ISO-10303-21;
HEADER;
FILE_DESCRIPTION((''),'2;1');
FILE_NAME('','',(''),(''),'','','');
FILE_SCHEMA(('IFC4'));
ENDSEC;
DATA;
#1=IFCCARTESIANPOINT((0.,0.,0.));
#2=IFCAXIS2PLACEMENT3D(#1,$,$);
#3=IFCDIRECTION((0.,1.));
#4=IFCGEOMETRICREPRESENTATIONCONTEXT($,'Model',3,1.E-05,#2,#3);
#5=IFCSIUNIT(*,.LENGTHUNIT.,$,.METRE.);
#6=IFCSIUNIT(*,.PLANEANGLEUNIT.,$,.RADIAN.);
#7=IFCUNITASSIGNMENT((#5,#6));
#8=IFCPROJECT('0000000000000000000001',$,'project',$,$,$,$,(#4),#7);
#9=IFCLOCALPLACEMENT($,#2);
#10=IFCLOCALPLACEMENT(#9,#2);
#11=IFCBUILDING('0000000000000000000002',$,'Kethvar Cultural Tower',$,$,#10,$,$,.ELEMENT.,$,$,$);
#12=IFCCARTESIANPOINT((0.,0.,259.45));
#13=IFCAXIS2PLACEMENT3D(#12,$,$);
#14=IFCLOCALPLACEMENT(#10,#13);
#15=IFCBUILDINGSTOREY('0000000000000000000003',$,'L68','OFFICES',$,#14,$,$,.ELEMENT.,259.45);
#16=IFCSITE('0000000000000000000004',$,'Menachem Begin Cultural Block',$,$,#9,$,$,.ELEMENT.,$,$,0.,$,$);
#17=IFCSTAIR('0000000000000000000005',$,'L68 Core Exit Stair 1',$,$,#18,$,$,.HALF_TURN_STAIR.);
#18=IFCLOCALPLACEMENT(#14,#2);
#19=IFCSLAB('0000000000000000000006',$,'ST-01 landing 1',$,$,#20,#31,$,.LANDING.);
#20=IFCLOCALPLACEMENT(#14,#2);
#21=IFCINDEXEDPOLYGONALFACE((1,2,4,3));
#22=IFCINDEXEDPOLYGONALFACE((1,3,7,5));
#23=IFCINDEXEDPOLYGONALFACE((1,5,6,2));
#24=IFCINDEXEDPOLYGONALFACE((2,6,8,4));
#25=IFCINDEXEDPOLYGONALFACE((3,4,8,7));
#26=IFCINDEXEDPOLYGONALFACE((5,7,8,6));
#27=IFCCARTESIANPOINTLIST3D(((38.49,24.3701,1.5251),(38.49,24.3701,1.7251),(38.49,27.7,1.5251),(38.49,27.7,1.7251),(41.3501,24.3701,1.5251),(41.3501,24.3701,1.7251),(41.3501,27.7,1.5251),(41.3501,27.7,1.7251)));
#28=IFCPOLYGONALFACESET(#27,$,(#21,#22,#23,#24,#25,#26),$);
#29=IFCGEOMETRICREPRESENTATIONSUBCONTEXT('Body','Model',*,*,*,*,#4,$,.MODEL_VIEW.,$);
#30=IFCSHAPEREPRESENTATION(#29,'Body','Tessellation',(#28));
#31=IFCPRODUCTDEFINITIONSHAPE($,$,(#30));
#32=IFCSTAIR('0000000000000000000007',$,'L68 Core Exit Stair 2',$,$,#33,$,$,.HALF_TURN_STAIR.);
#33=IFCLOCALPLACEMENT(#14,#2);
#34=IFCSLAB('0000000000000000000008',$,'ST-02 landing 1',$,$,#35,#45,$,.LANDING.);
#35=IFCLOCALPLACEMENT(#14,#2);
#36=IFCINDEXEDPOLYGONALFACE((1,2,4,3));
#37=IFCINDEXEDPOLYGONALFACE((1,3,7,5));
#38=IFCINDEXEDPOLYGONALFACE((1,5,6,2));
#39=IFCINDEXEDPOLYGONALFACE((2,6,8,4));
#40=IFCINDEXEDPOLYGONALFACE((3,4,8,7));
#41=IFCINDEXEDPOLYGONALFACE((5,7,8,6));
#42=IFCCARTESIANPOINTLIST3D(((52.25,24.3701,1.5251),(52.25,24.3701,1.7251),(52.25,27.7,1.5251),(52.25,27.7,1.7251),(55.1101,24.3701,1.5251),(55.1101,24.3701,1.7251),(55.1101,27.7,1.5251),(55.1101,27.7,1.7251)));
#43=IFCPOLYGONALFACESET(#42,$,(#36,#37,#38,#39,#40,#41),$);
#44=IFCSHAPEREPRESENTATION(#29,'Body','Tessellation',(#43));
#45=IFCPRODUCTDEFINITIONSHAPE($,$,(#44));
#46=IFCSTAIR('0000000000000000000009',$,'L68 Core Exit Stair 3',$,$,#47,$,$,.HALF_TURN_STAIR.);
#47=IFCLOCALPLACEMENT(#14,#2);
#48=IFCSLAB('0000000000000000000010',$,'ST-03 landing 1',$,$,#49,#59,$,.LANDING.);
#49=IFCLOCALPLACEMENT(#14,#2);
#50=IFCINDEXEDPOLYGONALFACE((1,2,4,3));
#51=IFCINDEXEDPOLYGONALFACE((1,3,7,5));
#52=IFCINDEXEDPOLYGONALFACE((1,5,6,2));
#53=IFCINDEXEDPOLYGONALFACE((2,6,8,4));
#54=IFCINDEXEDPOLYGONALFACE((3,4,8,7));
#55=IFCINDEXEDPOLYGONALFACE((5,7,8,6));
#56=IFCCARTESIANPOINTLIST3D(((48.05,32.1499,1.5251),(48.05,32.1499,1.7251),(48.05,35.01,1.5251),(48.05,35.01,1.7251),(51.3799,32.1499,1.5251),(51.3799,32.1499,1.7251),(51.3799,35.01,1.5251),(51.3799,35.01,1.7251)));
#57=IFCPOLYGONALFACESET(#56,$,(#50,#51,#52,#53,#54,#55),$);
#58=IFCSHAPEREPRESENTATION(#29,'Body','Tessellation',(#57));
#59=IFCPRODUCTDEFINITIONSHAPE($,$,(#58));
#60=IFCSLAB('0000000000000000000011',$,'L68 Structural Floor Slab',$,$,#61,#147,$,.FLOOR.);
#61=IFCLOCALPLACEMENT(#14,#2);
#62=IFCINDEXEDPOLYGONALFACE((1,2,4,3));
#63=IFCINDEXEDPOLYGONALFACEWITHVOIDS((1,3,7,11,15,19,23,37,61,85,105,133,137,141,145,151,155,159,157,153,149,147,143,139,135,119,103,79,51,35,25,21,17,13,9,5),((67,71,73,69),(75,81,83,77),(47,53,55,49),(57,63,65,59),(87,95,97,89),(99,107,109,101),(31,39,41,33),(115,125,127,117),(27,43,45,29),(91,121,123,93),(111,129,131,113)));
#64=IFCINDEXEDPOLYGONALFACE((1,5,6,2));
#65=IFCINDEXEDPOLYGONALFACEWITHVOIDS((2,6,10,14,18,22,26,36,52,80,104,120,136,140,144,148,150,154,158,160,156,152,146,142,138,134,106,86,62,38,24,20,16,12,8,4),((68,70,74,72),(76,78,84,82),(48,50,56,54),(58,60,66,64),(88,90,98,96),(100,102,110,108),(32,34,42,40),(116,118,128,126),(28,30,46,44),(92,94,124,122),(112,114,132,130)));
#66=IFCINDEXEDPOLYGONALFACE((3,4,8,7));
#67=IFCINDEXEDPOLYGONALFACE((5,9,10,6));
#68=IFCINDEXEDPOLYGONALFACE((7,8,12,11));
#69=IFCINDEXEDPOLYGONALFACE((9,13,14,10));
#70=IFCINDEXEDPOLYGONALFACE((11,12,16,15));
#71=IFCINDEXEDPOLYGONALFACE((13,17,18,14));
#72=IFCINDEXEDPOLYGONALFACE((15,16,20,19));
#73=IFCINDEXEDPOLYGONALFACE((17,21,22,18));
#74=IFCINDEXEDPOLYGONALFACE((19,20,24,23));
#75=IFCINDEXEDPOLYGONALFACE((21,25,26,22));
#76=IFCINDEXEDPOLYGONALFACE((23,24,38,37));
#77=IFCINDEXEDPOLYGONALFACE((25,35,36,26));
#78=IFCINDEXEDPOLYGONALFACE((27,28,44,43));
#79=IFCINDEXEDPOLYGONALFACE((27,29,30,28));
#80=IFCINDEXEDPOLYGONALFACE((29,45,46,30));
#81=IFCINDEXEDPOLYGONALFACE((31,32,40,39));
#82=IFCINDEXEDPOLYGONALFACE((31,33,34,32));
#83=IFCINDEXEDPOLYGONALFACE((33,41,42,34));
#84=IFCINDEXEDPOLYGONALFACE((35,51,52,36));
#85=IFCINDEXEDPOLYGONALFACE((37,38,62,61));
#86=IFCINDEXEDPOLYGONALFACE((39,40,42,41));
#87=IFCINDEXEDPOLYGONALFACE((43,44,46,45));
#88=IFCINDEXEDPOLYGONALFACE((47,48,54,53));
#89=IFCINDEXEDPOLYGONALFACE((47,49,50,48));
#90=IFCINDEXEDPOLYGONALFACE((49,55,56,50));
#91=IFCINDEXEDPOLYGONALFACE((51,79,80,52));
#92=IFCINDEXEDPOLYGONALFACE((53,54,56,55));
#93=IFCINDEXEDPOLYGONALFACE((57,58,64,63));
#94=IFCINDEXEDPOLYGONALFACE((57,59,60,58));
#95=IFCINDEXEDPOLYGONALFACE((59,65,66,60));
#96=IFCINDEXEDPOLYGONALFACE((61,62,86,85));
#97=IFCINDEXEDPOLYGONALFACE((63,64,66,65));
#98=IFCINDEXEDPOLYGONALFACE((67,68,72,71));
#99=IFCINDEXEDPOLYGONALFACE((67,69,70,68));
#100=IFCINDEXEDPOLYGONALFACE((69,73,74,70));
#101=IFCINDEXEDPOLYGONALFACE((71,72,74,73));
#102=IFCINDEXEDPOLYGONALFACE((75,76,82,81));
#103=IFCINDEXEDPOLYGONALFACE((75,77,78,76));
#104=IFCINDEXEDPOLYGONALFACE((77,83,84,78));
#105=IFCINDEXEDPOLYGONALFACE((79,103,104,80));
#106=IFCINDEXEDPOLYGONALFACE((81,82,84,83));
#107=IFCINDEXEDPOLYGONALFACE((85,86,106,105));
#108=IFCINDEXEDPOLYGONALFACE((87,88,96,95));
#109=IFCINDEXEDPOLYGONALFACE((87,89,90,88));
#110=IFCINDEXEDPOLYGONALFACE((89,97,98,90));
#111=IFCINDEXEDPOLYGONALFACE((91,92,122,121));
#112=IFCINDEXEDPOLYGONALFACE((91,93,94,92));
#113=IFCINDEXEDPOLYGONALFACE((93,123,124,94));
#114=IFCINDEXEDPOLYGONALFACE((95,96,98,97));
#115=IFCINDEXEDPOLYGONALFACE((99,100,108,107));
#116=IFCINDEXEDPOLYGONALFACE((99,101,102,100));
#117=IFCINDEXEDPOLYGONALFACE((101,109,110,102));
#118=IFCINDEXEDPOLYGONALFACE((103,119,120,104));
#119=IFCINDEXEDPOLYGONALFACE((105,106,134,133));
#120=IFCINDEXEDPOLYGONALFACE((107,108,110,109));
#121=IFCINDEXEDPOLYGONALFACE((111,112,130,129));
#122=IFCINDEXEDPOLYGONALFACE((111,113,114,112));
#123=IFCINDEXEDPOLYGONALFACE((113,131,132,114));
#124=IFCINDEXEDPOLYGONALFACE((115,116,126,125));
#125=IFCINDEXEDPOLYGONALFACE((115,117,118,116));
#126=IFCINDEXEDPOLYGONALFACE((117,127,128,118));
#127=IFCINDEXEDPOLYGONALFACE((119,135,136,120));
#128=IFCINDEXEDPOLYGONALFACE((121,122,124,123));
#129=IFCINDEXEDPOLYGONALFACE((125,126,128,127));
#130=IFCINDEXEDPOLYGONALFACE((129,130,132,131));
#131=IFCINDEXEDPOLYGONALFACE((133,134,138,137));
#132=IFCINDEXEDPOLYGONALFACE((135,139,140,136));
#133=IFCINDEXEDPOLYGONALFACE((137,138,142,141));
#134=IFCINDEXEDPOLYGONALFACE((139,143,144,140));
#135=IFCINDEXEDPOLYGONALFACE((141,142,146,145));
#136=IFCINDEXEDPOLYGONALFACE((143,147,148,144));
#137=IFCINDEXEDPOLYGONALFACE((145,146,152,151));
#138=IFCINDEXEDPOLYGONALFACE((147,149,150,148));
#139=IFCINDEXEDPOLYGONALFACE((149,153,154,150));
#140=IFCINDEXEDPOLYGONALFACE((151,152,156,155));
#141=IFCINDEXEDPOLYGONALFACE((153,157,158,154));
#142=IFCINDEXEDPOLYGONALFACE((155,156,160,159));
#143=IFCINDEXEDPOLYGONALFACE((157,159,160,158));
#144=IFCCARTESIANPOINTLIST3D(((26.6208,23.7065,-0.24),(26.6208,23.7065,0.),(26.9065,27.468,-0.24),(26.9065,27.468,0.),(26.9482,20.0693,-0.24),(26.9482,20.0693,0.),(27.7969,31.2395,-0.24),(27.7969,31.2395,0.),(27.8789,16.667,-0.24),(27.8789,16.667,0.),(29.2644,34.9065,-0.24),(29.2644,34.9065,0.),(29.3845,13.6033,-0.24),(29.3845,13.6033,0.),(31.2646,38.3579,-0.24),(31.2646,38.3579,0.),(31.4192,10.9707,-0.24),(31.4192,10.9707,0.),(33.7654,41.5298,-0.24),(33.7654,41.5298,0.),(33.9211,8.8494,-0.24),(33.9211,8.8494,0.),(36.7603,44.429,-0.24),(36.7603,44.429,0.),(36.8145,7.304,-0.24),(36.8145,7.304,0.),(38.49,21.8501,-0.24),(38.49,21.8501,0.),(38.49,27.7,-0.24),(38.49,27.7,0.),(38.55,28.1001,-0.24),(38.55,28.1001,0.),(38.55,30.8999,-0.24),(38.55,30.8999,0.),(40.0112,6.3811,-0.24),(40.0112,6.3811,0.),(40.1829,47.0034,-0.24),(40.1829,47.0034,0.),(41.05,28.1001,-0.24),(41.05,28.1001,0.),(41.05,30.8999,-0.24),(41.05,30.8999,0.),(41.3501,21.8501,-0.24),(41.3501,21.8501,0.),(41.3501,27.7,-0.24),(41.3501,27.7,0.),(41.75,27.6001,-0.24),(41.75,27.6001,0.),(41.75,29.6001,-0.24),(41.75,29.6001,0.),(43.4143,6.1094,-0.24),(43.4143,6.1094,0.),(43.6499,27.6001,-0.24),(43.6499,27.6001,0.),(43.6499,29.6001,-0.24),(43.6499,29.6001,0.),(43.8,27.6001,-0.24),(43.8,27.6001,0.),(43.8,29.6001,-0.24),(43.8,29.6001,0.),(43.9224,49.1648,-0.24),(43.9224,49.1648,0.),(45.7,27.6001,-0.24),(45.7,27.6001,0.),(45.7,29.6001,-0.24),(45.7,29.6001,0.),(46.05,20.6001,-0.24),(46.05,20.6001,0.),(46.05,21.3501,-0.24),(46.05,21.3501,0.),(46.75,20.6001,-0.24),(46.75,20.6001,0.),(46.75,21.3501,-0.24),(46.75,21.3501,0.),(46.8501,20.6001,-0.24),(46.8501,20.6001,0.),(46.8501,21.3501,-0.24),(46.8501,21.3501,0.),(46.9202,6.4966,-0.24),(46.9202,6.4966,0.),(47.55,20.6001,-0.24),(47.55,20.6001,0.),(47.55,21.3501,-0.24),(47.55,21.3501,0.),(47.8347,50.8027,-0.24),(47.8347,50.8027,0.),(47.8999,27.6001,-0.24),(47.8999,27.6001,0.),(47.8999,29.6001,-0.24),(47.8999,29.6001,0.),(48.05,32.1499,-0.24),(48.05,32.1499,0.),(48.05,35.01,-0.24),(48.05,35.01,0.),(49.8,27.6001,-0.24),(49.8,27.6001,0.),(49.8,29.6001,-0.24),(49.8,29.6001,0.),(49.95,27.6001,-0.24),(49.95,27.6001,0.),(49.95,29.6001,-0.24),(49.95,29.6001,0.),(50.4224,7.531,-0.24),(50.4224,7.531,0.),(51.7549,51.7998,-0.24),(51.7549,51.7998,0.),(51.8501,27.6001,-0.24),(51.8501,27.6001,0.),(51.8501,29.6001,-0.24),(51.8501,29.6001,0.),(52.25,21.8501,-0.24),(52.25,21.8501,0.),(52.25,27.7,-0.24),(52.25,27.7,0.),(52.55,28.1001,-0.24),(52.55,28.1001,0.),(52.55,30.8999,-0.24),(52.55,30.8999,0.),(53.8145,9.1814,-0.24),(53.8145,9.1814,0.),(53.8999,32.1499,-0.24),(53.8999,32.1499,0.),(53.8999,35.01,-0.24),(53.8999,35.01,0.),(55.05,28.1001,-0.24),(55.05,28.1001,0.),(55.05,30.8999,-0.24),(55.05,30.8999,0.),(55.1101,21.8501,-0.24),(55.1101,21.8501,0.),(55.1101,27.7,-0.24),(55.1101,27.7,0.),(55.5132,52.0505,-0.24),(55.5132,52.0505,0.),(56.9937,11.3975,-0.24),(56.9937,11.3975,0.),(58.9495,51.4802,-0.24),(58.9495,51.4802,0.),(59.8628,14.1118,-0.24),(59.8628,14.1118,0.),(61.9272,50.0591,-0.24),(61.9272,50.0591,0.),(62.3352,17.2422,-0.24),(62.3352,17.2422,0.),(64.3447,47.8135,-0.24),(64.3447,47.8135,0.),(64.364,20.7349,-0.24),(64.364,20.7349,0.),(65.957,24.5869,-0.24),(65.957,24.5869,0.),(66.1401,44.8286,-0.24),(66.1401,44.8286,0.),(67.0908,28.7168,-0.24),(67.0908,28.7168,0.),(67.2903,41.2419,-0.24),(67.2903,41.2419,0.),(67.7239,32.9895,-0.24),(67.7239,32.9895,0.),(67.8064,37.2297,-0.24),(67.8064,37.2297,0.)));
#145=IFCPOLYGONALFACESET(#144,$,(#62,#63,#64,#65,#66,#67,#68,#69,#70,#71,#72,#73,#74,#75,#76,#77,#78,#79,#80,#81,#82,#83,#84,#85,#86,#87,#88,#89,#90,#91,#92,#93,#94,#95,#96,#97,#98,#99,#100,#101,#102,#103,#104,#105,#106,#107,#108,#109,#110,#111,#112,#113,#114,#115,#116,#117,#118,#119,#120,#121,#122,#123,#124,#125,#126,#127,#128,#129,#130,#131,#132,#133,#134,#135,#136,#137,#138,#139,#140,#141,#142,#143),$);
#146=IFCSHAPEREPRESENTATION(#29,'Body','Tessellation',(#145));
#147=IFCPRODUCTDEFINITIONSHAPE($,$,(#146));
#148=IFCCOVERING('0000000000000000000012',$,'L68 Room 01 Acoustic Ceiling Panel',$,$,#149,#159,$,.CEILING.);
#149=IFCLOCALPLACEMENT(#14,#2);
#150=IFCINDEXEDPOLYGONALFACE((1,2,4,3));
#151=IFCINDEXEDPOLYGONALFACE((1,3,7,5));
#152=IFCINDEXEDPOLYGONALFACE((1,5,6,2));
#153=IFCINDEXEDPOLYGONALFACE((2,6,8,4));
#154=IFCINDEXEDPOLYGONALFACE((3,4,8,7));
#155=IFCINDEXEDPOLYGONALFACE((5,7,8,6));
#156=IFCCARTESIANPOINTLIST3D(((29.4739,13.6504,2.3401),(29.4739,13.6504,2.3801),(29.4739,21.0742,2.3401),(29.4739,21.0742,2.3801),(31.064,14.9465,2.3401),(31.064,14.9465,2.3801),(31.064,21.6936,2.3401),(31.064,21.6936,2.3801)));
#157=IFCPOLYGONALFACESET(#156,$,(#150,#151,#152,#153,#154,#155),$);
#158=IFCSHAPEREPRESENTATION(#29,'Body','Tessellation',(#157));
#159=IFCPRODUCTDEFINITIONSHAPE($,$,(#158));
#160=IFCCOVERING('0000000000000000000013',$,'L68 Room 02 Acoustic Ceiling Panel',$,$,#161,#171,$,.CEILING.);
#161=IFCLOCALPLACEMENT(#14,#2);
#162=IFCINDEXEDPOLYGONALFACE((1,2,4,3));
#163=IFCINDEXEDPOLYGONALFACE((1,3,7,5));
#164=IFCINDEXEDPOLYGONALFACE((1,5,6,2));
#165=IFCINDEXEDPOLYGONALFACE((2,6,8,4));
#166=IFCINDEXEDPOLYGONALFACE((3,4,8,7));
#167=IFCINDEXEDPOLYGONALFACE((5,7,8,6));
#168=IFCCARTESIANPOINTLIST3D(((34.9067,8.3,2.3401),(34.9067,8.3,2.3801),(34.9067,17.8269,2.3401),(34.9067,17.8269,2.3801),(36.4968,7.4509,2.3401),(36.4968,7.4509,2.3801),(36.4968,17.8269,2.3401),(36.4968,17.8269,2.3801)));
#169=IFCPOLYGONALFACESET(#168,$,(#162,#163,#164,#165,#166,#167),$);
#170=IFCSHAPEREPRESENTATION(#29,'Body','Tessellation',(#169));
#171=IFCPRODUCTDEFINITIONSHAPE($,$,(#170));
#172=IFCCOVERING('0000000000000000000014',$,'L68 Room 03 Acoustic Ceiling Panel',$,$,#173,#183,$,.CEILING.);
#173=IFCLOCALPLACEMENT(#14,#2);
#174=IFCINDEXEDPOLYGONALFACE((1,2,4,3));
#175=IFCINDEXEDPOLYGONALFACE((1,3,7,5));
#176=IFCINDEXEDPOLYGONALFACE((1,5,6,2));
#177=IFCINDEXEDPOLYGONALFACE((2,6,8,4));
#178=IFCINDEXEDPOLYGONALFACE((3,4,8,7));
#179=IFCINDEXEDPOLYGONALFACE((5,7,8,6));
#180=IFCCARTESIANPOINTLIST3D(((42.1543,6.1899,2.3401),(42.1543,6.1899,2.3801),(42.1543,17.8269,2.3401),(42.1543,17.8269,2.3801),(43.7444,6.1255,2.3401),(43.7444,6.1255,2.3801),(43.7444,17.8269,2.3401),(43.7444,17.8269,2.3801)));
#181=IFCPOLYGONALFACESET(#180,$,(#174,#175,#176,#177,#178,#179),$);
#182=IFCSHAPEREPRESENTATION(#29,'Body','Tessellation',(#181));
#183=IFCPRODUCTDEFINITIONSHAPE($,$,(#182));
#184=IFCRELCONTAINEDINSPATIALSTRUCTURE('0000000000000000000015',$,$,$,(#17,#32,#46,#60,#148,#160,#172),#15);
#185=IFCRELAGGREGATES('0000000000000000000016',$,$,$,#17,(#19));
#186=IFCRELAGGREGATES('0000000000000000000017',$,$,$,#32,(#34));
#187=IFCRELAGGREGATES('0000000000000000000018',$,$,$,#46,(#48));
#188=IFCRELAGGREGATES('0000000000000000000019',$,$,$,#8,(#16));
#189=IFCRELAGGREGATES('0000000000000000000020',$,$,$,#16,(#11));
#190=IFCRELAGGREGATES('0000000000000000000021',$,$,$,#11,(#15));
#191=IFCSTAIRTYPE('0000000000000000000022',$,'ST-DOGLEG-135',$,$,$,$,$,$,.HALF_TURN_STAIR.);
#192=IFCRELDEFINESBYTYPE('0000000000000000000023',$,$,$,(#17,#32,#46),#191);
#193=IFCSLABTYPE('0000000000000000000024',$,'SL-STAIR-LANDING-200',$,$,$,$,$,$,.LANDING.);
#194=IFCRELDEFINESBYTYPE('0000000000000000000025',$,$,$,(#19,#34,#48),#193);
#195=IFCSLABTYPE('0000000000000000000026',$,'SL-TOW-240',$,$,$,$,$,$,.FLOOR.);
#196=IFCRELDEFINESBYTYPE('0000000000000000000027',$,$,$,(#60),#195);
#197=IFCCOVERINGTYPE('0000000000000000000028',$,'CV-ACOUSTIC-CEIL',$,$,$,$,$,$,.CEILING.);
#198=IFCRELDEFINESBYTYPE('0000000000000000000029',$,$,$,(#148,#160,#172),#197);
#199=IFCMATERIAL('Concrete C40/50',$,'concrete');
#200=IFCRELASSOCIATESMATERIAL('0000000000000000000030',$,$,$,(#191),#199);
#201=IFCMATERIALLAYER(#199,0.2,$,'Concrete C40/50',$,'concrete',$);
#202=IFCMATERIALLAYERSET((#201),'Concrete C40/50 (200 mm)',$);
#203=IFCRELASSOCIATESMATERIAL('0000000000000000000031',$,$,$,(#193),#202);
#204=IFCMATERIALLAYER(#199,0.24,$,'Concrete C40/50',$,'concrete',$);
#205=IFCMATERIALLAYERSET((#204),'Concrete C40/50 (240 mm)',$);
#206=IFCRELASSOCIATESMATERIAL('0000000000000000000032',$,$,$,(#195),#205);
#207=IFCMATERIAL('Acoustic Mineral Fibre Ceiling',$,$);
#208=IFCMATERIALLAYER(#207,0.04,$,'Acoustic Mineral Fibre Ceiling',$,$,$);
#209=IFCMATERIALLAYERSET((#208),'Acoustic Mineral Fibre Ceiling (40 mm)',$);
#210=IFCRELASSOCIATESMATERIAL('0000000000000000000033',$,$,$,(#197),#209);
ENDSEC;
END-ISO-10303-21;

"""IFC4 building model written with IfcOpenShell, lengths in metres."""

from ifc_helpers import new_model, si_unit, direction, frame, origin, place, context, subcontext, project, spatial, polyline, outline, extrude, material, layer, layer_set, type_object, element, aggregate, save


model = new_model("IFC4")

# Units and contexts
model_context = context("Model", 3, precision=1e-05, world=origin(), true_north=direction((0.0, 1.0)))
body_context = subcontext(model_context, "Body", "Model", "MODEL_VIEW")
ifc_project = project(units=[si_unit("LENGTHUNIT", "METRE"), si_unit("PLANEANGLEUNIT", "RADIAN")], contexts=[model_context])

# Site, building, storey
site_placement = place(None, origin())
site = spatial("IfcSite", under=ifc_project, at=site_placement, Name="Menachem Begin Cultural Block", CompositionType="ELEMENT", RefElevation=0.0)
building_placement = place(site_placement, origin())
building = spatial("IfcBuilding", under=site, at=building_placement, Name="Kethvar Cultural Tower", CompositionType="ELEMENT")
storey_placement = place(building_placement, frame((0.0, 0.0, 259.45)))
storey = spatial("IfcBuildingStorey", under=building, at=storey_placement, Name="L68", Description="OFFICES", CompositionType="ELEMENT", Elevation=259.45)

# Stairs, slabs
ifc_material_1 = material(Name="Concrete C40/50", Category="concrete")
stair_type = type_object("IfcStairType", Name="ST-DOGLEG-135", PredefinedType="HALF_TURN_STAIR", material=ifc_material_1)
stair_1_placement = place(storey_placement, origin())
stair_1 = element("IfcStair", 1, at=stair_1_placement, inside=storey, type_object=stair_type, Name="L68 Core Exit Stair 1", PredefinedType="HALF_TURN_STAIR")
ifc_layer_1 = layer(ifc_material_1, 0.2, Name="Concrete C40/50", Category="concrete")
ifc_layer_set_1 = layer_set([ifc_layer_1], Name="Concrete C40/50 (200 mm)")
slab_type_1 = type_object("IfcSlabType", Name="SL-STAIR-LANDING-200", PredefinedType="LANDING", material=ifc_layer_set_1)
slab_1_placement = place(storey_placement, frame((0.0, 0.0, 1.5251)))
slab_1 = element("IfcSlab", 2, at=slab_1_placement, type_object=slab_type_1, Name="ST-01 landing 1", PredefinedType="LANDING", context=body_context, shape_type="SweptSolid", body=[
    extrude(outline(polyline([(41.3501, 24.3701), (41.3501, 27.7), (38.49, 27.7), (38.49, 24.3701), (41.3501, 24.3701)])), origin(), (0.0, 0.0, 1.0), 0.2),
])
aggregate(stair_1, [slab_1])
stair_2_placement = place(storey_placement, origin())
stair_2 = element("IfcStair", 3, at=stair_2_placement, inside=storey, type_object=stair_type, Name="L68 Core Exit Stair 2", PredefinedType="HALF_TURN_STAIR")
slab_2_placement = place(storey_placement, frame((0.0, 0.0, 1.5251)))
slab_2 = element("IfcSlab", 4, at=slab_2_placement, type_object=slab_type_1, Name="ST-02 landing 1", PredefinedType="LANDING", context=body_context, shape_type="SweptSolid", body=[
    extrude(outline(polyline([(55.1101, 24.3701), (55.1101, 27.7), (52.25, 27.7), (52.25, 24.3701), (55.1101, 24.3701)])), origin(), (0.0, 0.0, 1.0), 0.2),
])
aggregate(stair_2, [slab_2])
stair_3_placement = place(storey_placement, origin())
stair_3 = element("IfcStair", 5, at=stair_3_placement, inside=storey, type_object=stair_type, Name="L68 Core Exit Stair 3", PredefinedType="HALF_TURN_STAIR")
slab_3_placement = place(storey_placement, frame((0.0, 0.0, 1.5251)))
slab_3 = element("IfcSlab", 6, at=slab_3_placement, type_object=slab_type_1, Name="ST-03 landing 1", PredefinedType="LANDING", context=body_context, shape_type="SweptSolid", body=[
    extrude(outline(polyline([(51.3799, 35.01), (48.05, 35.01), (48.05, 32.1499), (51.3799, 32.1499), (51.3799, 35.01)])), origin(), (0.0, 0.0, 1.0), 0.2),
])
aggregate(stair_3, [slab_3])

# Slab
ifc_layer_2 = layer(ifc_material_1, 0.24, Name="Concrete C40/50", Category="concrete")
ifc_layer_set_2 = layer_set([ifc_layer_2], Name="Concrete C40/50 (240 mm)")
slab_type_2 = type_object("IfcSlabType", Name="SL-TOW-240", PredefinedType="FLOOR", material=ifc_layer_set_2)
slab_4_placement = place(storey_placement, frame((0.0, 0.0, -0.24)))
element("IfcSlab", 7, at=slab_4_placement, inside=storey, type_object=slab_type_2, Name="L68 Structural Floor Slab", PredefinedType="FLOOR", context=body_context, shape_type="SweptSolid", body=[
    extrude(outline(polyline([(61.9272, 50.0591), (58.9495, 51.4802), (55.5132, 52.0505), (51.7549, 51.7998), (47.8347, 50.8027), (43.9224, 49.1648), (40.1829, 47.0034), (36.7603, 44.429), (33.7654, 41.5298), (31.2646, 38.3579), (29.2644, 34.9065), (27.7969, 31.2395), (26.9065, 27.468), (26.6208, 23.7065), (26.9482, 20.0693), (27.8789, 16.667), (29.3845, 13.6033), (31.4192, 10.9707), (33.9211, 8.8494), (36.8145, 7.304), (40.0112, 6.3811), (43.4143, 6.1094), (46.9202, 6.4966), (50.4224, 7.531), (53.8145, 9.1814), (56.9937, 11.3975), (59.8628, 14.1118), (62.3352, 17.2422), (64.364, 20.7349), (65.957, 24.5869), (67.0908, 28.7168), (67.7239, 32.9895), (67.8064, 37.2297), (67.2903, 41.2419), (66.1401, 44.8286), (64.3447, 47.8135), (61.9272, 50.0591)]), holes=[polyline([(38.49, 21.8501), (38.49, 27.7), (41.3501, 27.7), (41.3501, 21.8501), (38.49, 21.8501)]), polyline([(52.25, 21.8501), (52.25, 27.7), (55.1101, 27.7), (55.1101, 21.8501), (52.25, 21.8501)]), polyline([(53.8999, 32.1499), (48.05, 32.1499), (48.05, 35.01), (53.8999, 35.01), (53.8999, 32.1499)]), polyline([(41.75, 29.6001), (43.6499, 29.6001), (43.6499, 27.6001), (41.75, 27.6001), (41.75, 29.6001)]), polyline([(43.8, 29.6001), (45.7, 29.6001), (45.7, 27.6001), (43.8, 27.6001), (43.8, 29.6001)]), polyline([(47.8999, 29.6001), (49.8, 29.6001), (49.8, 27.6001), (47.8999, 27.6001), (47.8999, 29.6001)]), polyline([(49.95, 29.6001), (51.8501, 29.6001), (51.8501, 27.6001), (49.95, 27.6001), (49.95, 29.6001)]), polyline([(38.55, 30.8999), (41.05, 30.8999), (41.05, 28.1001), (38.55, 28.1001), (38.55, 30.8999)]), polyline([(52.55, 30.8999), (55.05, 30.8999), (55.05, 28.1001), (52.55, 28.1001), (52.55, 30.8999)]), polyline([(46.05, 21.3501), (46.75, 21.3501), (46.75, 20.6001), (46.05, 20.6001), (46.05, 21.3501)]), polyline([(46.8501, 21.3501), (47.55, 21.3501), (47.55, 20.6001), (46.8501, 20.6001), (46.8501, 21.3501)])]), origin(), (0.0, 0.0, 1.0), 0.24),
])

# Coverings
ifc_material_2 = material(Name="Acoustic Mineral Fibre Ceiling")
ifc_layer_3 = layer(ifc_material_2, 0.04, Name="Acoustic Mineral Fibre Ceiling")
ifc_layer_set_3 = layer_set([ifc_layer_3], Name="Acoustic Mineral Fibre Ceiling (40 mm)")
covering_type_1 = type_object("IfcCoveringType", Name="CV-ACOUSTIC-CEIL", PredefinedType="CEILING", material=ifc_layer_set_3)
covering_1_placement = place(storey_placement, frame((0.0, 0.0, 2.3401)))
element("IfcCovering", 8, at=covering_1_placement, inside=storey, type_object=covering_type_1, Name="L68 Room 01 Acoustic Ceiling Panel", PredefinedType="CEILING", context=body_context, shape_type="SweptSolid", body=[
    extrude(outline(polyline([(31.064, 21.6936), (31.064, 14.9465), (29.4739, 13.6504), (29.4739, 21.0742), (31.064, 21.6936)])), origin(), (0.0, 0.0, 1.0), 0.04),
])
covering_2_placement = place(storey_placement, frame((0.0, 0.0, 2.3401)))
element("IfcCovering", 9, at=covering_2_placement, inside=storey, type_object=covering_type_1, Name="L68 Room 02 Acoustic Ceiling Panel", PredefinedType="CEILING", context=body_context, shape_type="SweptSolid", body=[
    extrude(outline(polyline([(36.4968, 17.8269), (36.4968, 7.4509), (34.9067, 8.3), (34.9067, 17.8269), (36.4968, 17.8269)])), origin(), (0.0, 0.0, 1.0), 0.04),
])
covering_3_placement = place(storey_placement, frame((0.0, 0.0, 2.3401)))
element("IfcCovering", 10, at=covering_3_placement, inside=storey, type_object=covering_type_1, Name="L68 Room 03 Acoustic Ceiling Panel", PredefinedType="CEILING", context=body_context, shape_type="SweptSolid", body=[
    extrude(outline(polyline([(43.7444, 6.1255), (42.1543, 6.1899), (42.1543, 17.8269), (43.7444, 17.8269), (43.7444, 6.1255)])), origin(), (0.0, 0.0, 1.0), 0.04),
])

save(model, "model.ifc")
